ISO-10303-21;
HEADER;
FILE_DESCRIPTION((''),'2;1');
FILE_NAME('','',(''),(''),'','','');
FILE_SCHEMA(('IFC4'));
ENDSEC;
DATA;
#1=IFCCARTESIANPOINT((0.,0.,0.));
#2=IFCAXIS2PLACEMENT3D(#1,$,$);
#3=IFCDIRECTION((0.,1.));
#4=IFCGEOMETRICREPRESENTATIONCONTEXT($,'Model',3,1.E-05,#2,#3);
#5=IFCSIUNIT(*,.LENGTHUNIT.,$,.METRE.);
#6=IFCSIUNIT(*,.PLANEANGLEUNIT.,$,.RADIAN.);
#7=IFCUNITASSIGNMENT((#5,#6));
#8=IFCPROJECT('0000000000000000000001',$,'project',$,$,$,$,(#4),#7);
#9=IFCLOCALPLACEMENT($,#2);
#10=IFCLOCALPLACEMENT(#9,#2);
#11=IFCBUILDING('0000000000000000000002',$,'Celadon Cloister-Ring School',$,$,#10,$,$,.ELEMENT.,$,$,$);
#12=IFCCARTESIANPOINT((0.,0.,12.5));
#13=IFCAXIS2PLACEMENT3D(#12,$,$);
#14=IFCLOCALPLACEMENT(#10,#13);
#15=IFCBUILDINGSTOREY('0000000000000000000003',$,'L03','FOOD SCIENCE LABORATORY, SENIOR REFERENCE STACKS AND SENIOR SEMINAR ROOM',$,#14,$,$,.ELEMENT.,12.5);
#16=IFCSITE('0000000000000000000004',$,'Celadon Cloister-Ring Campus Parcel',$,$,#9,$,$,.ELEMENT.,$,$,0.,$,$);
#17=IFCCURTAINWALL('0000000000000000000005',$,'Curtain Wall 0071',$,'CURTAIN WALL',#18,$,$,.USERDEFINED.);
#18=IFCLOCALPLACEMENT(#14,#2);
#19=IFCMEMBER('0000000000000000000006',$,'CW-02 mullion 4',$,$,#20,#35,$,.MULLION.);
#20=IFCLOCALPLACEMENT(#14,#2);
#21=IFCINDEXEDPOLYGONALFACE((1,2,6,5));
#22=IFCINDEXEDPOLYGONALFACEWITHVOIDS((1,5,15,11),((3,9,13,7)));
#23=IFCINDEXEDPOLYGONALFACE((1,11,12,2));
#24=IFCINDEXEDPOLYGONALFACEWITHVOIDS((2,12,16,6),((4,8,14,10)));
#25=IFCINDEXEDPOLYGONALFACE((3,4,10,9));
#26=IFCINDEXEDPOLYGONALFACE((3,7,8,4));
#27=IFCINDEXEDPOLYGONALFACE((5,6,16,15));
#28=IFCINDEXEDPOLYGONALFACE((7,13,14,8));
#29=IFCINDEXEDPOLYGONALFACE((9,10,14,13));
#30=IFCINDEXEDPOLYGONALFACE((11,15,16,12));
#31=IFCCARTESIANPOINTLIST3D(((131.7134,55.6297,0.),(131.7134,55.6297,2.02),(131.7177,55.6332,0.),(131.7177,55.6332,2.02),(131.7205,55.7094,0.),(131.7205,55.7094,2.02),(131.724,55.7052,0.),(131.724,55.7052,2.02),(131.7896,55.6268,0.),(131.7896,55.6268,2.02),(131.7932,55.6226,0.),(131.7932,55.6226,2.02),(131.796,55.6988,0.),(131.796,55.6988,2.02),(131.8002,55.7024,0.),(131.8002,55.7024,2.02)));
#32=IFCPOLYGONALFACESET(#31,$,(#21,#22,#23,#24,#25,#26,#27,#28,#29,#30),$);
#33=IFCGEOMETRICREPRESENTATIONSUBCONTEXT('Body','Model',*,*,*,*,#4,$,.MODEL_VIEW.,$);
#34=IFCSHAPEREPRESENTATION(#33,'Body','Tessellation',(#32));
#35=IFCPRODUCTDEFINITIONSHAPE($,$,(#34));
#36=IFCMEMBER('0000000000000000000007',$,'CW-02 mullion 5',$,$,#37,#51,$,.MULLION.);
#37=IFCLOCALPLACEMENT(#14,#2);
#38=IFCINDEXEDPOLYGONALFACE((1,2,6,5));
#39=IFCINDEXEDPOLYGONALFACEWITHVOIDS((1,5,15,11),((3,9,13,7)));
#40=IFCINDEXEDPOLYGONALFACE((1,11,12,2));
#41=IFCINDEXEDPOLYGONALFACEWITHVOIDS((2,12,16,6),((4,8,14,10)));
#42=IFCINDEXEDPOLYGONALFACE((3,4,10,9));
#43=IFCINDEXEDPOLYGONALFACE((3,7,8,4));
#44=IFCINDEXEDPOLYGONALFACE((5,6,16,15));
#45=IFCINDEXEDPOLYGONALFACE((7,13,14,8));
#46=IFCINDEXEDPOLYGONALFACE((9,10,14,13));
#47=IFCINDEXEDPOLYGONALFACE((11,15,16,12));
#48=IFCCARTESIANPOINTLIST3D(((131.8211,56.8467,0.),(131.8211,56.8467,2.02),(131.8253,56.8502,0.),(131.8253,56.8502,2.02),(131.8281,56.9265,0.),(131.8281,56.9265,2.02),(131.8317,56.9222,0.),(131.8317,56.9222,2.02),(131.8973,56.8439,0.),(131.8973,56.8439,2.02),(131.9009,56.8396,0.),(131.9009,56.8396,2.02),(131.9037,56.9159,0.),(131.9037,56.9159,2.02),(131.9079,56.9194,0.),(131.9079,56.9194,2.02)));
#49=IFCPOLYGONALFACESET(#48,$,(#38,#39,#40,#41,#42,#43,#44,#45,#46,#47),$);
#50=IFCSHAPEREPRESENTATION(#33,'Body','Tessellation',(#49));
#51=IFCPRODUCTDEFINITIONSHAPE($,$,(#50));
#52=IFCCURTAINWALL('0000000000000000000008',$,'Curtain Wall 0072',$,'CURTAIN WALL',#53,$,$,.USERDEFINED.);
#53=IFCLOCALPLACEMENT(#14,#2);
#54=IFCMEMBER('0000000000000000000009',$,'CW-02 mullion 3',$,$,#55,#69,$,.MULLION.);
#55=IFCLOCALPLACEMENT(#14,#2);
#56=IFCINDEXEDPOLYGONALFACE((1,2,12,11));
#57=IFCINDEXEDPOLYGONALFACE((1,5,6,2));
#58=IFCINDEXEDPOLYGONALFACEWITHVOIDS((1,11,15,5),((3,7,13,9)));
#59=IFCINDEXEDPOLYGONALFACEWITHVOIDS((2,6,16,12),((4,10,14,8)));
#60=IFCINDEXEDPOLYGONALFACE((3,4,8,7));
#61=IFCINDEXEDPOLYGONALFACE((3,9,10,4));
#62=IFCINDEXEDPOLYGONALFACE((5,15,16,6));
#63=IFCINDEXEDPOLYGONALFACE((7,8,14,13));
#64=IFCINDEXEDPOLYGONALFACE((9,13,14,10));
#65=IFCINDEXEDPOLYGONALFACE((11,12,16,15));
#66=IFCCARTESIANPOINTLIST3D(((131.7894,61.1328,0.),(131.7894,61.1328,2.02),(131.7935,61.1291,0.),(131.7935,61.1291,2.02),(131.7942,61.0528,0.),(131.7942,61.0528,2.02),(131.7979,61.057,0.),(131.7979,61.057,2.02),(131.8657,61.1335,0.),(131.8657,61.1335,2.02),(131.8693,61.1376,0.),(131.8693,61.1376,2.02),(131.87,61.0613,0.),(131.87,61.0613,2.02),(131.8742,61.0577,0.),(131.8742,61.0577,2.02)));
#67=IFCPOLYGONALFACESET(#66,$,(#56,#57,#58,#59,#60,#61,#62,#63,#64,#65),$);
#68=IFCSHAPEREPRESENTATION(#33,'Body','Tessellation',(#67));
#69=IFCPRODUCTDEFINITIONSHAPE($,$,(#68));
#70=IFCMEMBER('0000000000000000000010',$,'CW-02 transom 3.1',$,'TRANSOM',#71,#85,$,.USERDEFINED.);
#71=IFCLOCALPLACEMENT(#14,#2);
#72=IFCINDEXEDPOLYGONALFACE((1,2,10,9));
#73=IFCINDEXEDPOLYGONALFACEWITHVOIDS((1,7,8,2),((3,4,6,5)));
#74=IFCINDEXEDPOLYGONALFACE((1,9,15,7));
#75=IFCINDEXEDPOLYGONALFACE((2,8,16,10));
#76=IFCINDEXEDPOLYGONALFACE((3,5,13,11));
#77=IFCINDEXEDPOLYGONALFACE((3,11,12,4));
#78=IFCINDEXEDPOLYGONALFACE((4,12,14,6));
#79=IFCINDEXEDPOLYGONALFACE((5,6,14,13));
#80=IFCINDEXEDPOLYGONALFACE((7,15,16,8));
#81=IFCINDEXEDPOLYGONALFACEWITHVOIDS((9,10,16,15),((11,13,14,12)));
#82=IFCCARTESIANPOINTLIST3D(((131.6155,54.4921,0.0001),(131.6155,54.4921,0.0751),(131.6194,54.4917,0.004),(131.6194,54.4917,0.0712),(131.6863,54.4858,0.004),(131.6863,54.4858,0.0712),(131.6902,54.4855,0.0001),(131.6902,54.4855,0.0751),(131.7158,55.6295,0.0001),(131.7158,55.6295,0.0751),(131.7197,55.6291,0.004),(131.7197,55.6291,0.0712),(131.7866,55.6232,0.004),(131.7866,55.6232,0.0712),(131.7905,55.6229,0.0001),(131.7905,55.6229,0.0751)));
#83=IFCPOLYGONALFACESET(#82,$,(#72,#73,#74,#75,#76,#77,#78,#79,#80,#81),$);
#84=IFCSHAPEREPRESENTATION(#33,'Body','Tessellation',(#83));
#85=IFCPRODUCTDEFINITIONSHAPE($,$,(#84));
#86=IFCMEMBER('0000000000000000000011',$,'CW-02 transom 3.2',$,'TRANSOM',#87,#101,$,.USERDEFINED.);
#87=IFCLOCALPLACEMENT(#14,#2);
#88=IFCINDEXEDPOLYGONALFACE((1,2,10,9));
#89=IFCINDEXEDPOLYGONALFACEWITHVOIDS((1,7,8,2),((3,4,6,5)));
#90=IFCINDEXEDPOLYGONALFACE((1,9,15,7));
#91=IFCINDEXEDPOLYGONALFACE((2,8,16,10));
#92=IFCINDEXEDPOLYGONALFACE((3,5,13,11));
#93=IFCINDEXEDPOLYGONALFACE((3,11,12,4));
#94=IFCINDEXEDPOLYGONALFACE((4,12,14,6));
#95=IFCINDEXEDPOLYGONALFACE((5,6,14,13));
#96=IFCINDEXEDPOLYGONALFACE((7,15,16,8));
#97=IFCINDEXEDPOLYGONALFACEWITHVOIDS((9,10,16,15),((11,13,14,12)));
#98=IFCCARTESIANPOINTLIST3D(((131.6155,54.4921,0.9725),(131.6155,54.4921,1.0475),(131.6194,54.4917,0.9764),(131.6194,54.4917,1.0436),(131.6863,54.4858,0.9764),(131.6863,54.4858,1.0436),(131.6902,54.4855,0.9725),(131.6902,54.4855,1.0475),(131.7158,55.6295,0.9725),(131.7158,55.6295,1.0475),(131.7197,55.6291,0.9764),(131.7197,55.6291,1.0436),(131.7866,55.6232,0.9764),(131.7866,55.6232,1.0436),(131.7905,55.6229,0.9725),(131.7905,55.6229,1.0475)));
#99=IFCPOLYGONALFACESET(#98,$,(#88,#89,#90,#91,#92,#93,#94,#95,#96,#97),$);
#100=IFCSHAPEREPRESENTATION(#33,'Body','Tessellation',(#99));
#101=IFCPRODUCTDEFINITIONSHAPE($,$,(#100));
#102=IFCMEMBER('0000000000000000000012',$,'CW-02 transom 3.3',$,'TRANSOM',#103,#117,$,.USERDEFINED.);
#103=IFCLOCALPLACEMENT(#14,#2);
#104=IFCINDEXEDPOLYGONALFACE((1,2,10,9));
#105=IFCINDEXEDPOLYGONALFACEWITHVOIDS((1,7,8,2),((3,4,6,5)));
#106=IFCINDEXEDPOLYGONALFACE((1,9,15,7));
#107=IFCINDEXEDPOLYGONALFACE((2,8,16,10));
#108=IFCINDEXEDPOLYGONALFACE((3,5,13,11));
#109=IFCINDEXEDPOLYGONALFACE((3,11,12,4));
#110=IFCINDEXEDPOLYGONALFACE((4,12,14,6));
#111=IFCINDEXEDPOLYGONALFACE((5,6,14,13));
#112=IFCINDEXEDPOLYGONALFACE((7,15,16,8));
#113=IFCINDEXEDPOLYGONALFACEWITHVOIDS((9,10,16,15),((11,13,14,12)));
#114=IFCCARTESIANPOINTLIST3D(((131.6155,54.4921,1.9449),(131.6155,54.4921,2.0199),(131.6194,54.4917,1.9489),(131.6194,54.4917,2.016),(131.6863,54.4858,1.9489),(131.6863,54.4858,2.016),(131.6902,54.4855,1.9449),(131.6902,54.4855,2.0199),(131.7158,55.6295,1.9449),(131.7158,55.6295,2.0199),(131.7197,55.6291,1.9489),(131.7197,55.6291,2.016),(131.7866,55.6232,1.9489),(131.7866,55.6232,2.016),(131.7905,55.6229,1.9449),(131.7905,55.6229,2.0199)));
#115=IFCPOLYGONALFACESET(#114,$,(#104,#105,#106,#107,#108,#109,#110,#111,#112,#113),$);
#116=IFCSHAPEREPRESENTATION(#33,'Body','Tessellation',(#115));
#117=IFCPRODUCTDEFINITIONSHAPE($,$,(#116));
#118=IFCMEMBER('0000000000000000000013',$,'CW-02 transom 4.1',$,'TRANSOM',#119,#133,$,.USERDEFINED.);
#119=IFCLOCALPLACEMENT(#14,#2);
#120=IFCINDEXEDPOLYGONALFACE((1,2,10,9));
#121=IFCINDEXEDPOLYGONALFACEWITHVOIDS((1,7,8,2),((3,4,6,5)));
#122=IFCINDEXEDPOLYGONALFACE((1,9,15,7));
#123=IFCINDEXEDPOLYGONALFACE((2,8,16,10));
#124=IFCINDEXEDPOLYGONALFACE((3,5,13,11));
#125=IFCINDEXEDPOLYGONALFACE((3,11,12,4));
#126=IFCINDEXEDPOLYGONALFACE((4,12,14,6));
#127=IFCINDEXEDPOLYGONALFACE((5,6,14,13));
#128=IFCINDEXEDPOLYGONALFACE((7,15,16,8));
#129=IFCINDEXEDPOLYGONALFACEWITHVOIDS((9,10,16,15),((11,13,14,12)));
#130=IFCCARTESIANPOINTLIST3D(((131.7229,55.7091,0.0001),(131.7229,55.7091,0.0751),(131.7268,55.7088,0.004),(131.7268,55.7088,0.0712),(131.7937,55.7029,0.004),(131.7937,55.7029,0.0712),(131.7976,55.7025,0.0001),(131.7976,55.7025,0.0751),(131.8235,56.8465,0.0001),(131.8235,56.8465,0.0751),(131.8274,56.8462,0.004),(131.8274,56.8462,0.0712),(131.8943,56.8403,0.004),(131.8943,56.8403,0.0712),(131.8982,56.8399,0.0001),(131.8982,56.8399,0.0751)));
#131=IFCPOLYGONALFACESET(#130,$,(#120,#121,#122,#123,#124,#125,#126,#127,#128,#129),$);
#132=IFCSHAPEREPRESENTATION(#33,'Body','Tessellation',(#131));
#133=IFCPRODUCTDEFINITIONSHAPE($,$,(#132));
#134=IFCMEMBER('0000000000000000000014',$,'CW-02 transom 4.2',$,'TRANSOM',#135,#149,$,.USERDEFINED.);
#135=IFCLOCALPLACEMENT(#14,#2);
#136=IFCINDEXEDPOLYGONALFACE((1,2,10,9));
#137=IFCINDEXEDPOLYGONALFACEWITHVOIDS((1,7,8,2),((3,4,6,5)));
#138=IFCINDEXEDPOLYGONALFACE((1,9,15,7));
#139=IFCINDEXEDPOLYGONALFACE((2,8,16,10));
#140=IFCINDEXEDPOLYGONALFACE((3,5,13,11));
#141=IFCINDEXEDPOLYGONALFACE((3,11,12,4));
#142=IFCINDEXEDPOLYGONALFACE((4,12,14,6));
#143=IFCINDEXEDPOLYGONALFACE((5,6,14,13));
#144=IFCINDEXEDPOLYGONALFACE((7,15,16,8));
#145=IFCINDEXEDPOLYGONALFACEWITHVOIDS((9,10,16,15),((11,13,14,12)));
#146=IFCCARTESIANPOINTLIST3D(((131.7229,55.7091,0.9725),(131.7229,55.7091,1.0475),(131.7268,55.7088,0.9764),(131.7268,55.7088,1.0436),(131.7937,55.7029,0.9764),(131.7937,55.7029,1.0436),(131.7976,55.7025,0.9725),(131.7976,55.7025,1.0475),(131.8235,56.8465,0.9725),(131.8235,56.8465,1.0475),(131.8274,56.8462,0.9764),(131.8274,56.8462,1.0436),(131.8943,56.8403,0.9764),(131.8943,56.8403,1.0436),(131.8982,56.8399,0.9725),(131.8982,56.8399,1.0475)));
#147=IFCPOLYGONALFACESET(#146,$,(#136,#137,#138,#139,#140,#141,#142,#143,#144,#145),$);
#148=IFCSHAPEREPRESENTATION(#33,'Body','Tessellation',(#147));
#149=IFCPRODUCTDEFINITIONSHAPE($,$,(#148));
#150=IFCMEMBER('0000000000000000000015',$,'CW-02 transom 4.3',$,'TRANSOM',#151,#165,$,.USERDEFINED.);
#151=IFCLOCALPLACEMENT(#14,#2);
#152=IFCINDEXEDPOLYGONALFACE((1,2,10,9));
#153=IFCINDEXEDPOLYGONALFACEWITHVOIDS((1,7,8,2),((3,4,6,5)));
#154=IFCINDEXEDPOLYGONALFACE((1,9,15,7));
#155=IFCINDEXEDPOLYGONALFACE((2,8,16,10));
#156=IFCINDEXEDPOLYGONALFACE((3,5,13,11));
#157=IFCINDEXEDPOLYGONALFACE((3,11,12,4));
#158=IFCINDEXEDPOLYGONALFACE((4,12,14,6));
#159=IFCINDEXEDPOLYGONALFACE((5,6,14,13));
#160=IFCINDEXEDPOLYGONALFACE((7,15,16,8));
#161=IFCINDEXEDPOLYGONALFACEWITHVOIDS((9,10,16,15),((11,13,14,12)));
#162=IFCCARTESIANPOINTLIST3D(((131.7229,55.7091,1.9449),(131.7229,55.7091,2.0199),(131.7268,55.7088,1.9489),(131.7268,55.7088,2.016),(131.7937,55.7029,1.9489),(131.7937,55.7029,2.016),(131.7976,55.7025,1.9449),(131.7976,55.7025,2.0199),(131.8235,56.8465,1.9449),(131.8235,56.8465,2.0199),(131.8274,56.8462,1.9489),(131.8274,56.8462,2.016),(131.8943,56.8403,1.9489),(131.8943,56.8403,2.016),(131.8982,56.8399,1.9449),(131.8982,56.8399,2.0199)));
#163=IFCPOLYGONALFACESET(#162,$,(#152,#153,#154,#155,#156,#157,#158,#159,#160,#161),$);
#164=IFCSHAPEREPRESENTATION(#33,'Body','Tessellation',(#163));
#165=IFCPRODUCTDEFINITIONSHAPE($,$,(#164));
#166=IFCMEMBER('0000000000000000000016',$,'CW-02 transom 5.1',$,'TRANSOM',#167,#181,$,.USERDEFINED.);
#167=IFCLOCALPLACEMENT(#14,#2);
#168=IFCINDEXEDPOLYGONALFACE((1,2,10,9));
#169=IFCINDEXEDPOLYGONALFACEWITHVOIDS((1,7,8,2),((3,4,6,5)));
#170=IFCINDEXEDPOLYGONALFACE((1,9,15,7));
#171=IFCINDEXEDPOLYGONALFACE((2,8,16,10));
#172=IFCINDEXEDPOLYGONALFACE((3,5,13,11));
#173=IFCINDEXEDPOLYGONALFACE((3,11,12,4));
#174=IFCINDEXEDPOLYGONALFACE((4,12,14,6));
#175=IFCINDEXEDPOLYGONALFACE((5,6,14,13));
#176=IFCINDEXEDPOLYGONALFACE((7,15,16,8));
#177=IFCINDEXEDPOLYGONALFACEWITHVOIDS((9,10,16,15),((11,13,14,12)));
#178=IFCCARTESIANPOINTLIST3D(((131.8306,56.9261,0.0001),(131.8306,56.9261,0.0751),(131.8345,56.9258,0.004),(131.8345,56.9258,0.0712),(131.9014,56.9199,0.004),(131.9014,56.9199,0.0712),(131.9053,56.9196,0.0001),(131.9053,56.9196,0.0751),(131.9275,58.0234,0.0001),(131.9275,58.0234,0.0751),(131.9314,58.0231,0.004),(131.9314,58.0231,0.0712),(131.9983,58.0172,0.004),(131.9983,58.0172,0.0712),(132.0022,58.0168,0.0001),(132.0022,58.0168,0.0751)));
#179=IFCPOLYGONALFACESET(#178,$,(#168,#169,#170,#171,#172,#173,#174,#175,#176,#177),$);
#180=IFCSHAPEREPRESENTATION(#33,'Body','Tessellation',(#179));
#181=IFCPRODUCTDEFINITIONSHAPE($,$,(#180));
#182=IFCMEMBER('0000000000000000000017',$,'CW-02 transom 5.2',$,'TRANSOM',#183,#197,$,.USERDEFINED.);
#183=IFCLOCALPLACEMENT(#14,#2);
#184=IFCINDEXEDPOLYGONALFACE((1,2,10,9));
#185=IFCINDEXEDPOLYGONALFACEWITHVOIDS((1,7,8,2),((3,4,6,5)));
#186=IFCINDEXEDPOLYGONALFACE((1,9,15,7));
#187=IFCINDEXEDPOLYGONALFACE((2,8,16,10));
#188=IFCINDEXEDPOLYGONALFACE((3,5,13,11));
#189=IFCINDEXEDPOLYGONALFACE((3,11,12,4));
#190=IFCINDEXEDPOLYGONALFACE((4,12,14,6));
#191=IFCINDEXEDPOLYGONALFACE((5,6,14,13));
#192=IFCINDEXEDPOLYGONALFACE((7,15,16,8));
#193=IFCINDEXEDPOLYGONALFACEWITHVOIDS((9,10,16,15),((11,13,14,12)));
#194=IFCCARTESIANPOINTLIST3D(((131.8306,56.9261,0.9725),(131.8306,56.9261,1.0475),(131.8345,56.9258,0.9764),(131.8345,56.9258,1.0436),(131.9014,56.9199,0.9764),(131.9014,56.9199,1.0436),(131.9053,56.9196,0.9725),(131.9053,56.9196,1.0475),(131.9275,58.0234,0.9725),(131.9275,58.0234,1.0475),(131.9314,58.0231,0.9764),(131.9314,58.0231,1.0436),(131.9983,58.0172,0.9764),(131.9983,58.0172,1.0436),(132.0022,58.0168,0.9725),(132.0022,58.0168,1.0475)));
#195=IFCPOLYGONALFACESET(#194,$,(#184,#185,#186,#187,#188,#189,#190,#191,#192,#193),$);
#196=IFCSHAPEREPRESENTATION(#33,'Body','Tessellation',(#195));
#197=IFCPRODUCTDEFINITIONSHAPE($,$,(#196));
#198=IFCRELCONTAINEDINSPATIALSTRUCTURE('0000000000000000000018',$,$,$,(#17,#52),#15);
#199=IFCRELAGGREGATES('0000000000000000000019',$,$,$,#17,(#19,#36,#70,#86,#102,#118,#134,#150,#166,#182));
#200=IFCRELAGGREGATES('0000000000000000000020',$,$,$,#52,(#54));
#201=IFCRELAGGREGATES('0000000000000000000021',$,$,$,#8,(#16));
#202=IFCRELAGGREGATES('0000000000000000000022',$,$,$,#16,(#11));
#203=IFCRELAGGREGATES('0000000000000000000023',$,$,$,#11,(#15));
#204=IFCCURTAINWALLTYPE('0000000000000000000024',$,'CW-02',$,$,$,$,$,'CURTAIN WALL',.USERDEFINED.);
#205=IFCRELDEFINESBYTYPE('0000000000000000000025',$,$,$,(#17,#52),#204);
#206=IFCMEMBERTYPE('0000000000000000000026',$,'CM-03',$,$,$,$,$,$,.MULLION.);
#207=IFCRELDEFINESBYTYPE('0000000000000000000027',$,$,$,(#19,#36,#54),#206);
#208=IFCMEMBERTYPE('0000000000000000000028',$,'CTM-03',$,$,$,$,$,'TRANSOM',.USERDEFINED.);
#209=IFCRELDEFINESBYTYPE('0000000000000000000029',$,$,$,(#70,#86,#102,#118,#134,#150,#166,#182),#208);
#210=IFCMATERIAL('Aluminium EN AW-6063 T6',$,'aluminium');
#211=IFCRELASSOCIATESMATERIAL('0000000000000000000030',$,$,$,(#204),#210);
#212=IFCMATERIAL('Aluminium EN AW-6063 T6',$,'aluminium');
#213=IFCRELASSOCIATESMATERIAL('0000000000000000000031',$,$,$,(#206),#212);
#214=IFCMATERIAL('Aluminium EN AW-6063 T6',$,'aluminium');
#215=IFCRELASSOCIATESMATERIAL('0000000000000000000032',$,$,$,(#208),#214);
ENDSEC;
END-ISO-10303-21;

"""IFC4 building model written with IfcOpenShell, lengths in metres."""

from ifc_helpers import new_model, si_unit, direction, frame, origin, origin_2d, place, context, subcontext, project, spatial, hollow_rectangle, extrude, material, material_profile, profile_set, type_object, element, aggregate, save


model = new_model("IFC4")

# Units and contexts
model_context = context("Model", 3, precision=1e-05, world=origin(), true_north=direction((0.0, 1.0)))
body_context = subcontext(model_context, "Body", "Model", "MODEL_VIEW")
ifc_project = project(units=[si_unit("LENGTHUNIT", "METRE"), si_unit("PLANEANGLEUNIT", "RADIAN")], contexts=[model_context])

# Site, building, storey
site_placement = place(None, origin())
site = spatial("IfcSite", under=ifc_project, at=site_placement, Name="Celadon Cloister-Ring Campus Parcel", CompositionType="ELEMENT", RefElevation=0.0)
building_placement = place(site_placement, origin())
building = spatial("IfcBuilding", under=site, at=building_placement, Name="Celadon Cloister-Ring School", CompositionType="ELEMENT")
storey_placement = place(building_placement, frame((0.0, 0.0, 12.5)))
storey = spatial("IfcBuildingStorey", under=building, at=storey_placement, Name="L03", Description="FOOD SCIENCE LABORATORY, SENIOR REFERENCE STACKS AND SENIOR SEMINAR ROOM", CompositionType="ELEMENT", Elevation=12.5)

# Curtain wall, members
ifc_material_1 = material(Name="Aluminium EN AW-6063 T6", Category="aluminium")
curtain_wall_type = type_object("IfcCurtainWallType", Name="CW-02", ElementType="CURTAIN WALL", PredefinedType="USERDEFINED", material=ifc_material_1)
curtain_wall_1_placement = place(storey_placement, origin())
curtain_wall_1 = element("IfcCurtainWall", 1, at=curtain_wall_1_placement, inside=storey, type_object=curtain_wall_type, Name="Curtain Wall 0071", ObjectType="CURTAIN WALL", PredefinedType="USERDEFINED")
ifc_material_2 = material(Name="Aluminium EN AW-6063 T6", Category="aluminium")
ifc_material_profile_1 = material_profile(ifc_material_2, hollow_rectangle(XDim=0.0801, YDim=0.0801, WallThickness=0.0039, at=origin_2d()), Name="RHS80X80X4")
ifc_profile_set_1 = profile_set([ifc_material_profile_1], Name="Aluminium EN AW-6063 T6")
member_type_1 = type_object("IfcMemberType", Name="CM-03", PredefinedType="MULLION", material=ifc_profile_set_1)
member_1_placement = place(storey_placement, frame((131.7568, 55.666, 0.0), z_axis=(0.0, 0.0, 1.0), x_axis=(-0.996114, 0.088071, 0.0)))
member_1 = element("IfcMember", 2, at=member_1_placement, type_object=member_type_1, Name="CW-02 mullion 4", PredefinedType="MULLION", context=body_context, shape_type="SweptSolid", body=[
    extrude(hollow_rectangle(XDim=0.0801, YDim=0.0801, WallThickness=0.0039, at=origin_2d()), origin(), (0.0, 0.0, 1.0), 2.02),
])
member_2_placement = place(storey_placement, frame((131.8645, 56.8831, 0.0), z_axis=(0.0, 0.0, 1.0), x_axis=(-0.996114, 0.088071, 0.0)))
member_2 = element("IfcMember", 3, at=member_2_placement, type_object=member_type_1, Name="CW-02 mullion 5", PredefinedType="MULLION", context=body_context, shape_type="SweptSolid", body=[
    extrude(hollow_rectangle(XDim=0.0801, YDim=0.0801, WallThickness=0.0039, at=origin_2d()), origin(), (0.0, 0.0, 1.0), 2.02),
])

# Curtain wall, member
curtain_wall_2_placement = place(storey_placement, origin())
curtain_wall_2 = element("IfcCurtainWall", 4, at=curtain_wall_2_placement, inside=storey, type_object=curtain_wall_type, Name="Curtain Wall 0072", ObjectType="CURTAIN WALL", PredefinedType="USERDEFINED")
member_3_placement = place(storey_placement, frame((131.8318, 61.0952, 0.0), z_axis=(0.0, 0.0, 1.0), x_axis=(-0.998184, -0.060238, 0.0)))
member_3 = element("IfcMember", 5, at=member_3_placement, type_object=member_type_1, Name="CW-02 mullion 3", PredefinedType="MULLION", context=body_context, shape_type="SweptSolid", body=[
    extrude(hollow_rectangle(XDim=0.0801, YDim=0.0801, WallThickness=0.0039, at=origin_2d()), origin(), (0.0, 0.0, 1.0), 2.02),
])

# Members
ifc_material_3 = material(Name="Aluminium EN AW-6063 T6", Category="aluminium")
ifc_material_profile_2 = material_profile(ifc_material_3, hollow_rectangle(XDim=0.075, YDim=0.075, WallThickness=0.0039, at=origin_2d()), Name="RHS75X75X4")
ifc_profile_set_2 = profile_set([ifc_material_profile_2], Name="Aluminium EN AW-6063 T6")
member_type_2 = type_object("IfcMemberType", Name="CTM-03", ElementType="TRANSOM", PredefinedType="USERDEFINED", material=ifc_profile_set_2)
member_4_placement = place(storey_placement, frame((131.6528, 54.4888, 0.0376), z_axis=(0.087875, 0.996132, 0.0), x_axis=(-0.996132, 0.087875, 0.0)))
member_4 = element("IfcMember", 6, at=member_4_placement, type_object=member_type_2, Name="CW-02 transom 3.1", ObjectType="TRANSOM", PredefinedType="USERDEFINED", context=body_context, shape_type="SweptSolid", body=[
    extrude(hollow_rectangle(XDim=0.075, YDim=0.075, WallThickness=0.0039, at=origin_2d()), origin(), (0.0, 0.0, 1.0), 1.1418),
])
member_5_placement = place(storey_placement, frame((131.6528, 54.4888, 1.01), z_axis=(0.087875, 0.996132, 0.0), x_axis=(-0.996132, 0.087875, 0.0)))
member_5 = element("IfcMember", 7, at=member_5_placement, type_object=member_type_2, Name="CW-02 transom 3.2", ObjectType="TRANSOM", PredefinedType="USERDEFINED", context=body_context, shape_type="SweptSolid", body=[
    extrude(hollow_rectangle(XDim=0.075, YDim=0.075, WallThickness=0.0039, at=origin_2d()), origin(), (0.0, 0.0, 1.0), 1.1418),
])
member_6_placement = place(storey_placement, frame((131.6528, 54.4888, 1.9824), z_axis=(0.087875, 0.996132, 0.0), x_axis=(-0.996132, 0.087875, 0.0)))
member_6 = element("IfcMember", 8, at=member_6_placement, type_object=member_type_2, Name="CW-02 transom 3.3", ObjectType="TRANSOM", PredefinedType="USERDEFINED", context=body_context, shape_type="SweptSolid", body=[
    extrude(hollow_rectangle(XDim=0.075, YDim=0.075, WallThickness=0.0039, at=origin_2d()), origin(), (0.0, 0.0, 1.0), 1.1418),
])
member_7_placement = place(storey_placement, frame((131.7603, 55.7058, 0.0376), z_axis=(0.088087, 0.996113, 0.0), x_axis=(-0.996113, 0.088087, 0.0)))
member_7 = element("IfcMember", 9, at=member_7_placement, type_object=member_type_2, Name="CW-02 transom 4.1", ObjectType="TRANSOM", PredefinedType="USERDEFINED", context=body_context, shape_type="SweptSolid", body=[
    extrude(hollow_rectangle(XDim=0.075, YDim=0.075, WallThickness=0.0039, at=origin_2d()), origin(), (0.0, 0.0, 1.0), 1.1418),
])
member_8_placement = place(storey_placement, frame((131.7603, 55.7058, 1.01), z_axis=(0.088087, 0.996113, 0.0), x_axis=(-0.996113, 0.088087, 0.0)))
member_8 = element("IfcMember", 10, at=member_8_placement, type_object=member_type_2, Name="CW-02 transom 4.2", ObjectType="TRANSOM", PredefinedType="USERDEFINED", context=body_context, shape_type="SweptSolid", body=[
    extrude(hollow_rectangle(XDim=0.075, YDim=0.075, WallThickness=0.0039, at=origin_2d()), origin(), (0.0, 0.0, 1.0), 1.1418),
])
member_9_placement = place(storey_placement, frame((131.7603, 55.7058, 1.9824), z_axis=(0.088087, 0.996113, 0.0), x_axis=(-0.996113, 0.088087, 0.0)))
member_9 = element("IfcMember", 11, at=member_9_placement, type_object=member_type_2, Name="CW-02 transom 4.3", ObjectType="TRANSOM", PredefinedType="USERDEFINED", context=body_context, shape_type="SweptSolid", body=[
    extrude(hollow_rectangle(XDim=0.075, YDim=0.075, WallThickness=0.0039, at=origin_2d()), origin(), (0.0, 0.0, 1.0), 1.1418),
])
member_10_placement = place(storey_placement, frame((131.8679, 56.9229, 0.0376), z_axis=(0.087978, 0.996122, 0.0), x_axis=(-0.996122, 0.087978, 0.0)))
member_10 = element("IfcMember", 12, at=member_10_placement, type_object=member_type_2, Name="CW-02 transom 5.1", ObjectType="TRANSOM", PredefinedType="USERDEFINED", context=body_context, shape_type="SweptSolid", body=[
    extrude(hollow_rectangle(XDim=0.075, YDim=0.075, WallThickness=0.0039, at=origin_2d()), origin(), (0.0, 0.0, 1.0), 1.1016),
])
member_11_placement = place(storey_placement, frame((131.8679, 56.9229, 1.01), z_axis=(0.087978, 0.996122, 0.0), x_axis=(-0.996122, 0.087978, 0.0)))
member_11 = element("IfcMember", 13, at=member_11_placement, type_object=member_type_2, Name="CW-02 transom 5.2", ObjectType="TRANSOM", PredefinedType="USERDEFINED", context=body_context, shape_type="SweptSolid", body=[
    extrude(hollow_rectangle(XDim=0.075, YDim=0.075, WallThickness=0.0039, at=origin_2d()), origin(), (0.0, 0.0, 1.0), 1.1016),
])

aggregate(curtain_wall_1, [member_1, member_2, member_4, member_5, member_6, member_7, member_8, member_9, member_10, member_11])
aggregate(curtain_wall_2, [member_3])

save(model, "model.ifc")
